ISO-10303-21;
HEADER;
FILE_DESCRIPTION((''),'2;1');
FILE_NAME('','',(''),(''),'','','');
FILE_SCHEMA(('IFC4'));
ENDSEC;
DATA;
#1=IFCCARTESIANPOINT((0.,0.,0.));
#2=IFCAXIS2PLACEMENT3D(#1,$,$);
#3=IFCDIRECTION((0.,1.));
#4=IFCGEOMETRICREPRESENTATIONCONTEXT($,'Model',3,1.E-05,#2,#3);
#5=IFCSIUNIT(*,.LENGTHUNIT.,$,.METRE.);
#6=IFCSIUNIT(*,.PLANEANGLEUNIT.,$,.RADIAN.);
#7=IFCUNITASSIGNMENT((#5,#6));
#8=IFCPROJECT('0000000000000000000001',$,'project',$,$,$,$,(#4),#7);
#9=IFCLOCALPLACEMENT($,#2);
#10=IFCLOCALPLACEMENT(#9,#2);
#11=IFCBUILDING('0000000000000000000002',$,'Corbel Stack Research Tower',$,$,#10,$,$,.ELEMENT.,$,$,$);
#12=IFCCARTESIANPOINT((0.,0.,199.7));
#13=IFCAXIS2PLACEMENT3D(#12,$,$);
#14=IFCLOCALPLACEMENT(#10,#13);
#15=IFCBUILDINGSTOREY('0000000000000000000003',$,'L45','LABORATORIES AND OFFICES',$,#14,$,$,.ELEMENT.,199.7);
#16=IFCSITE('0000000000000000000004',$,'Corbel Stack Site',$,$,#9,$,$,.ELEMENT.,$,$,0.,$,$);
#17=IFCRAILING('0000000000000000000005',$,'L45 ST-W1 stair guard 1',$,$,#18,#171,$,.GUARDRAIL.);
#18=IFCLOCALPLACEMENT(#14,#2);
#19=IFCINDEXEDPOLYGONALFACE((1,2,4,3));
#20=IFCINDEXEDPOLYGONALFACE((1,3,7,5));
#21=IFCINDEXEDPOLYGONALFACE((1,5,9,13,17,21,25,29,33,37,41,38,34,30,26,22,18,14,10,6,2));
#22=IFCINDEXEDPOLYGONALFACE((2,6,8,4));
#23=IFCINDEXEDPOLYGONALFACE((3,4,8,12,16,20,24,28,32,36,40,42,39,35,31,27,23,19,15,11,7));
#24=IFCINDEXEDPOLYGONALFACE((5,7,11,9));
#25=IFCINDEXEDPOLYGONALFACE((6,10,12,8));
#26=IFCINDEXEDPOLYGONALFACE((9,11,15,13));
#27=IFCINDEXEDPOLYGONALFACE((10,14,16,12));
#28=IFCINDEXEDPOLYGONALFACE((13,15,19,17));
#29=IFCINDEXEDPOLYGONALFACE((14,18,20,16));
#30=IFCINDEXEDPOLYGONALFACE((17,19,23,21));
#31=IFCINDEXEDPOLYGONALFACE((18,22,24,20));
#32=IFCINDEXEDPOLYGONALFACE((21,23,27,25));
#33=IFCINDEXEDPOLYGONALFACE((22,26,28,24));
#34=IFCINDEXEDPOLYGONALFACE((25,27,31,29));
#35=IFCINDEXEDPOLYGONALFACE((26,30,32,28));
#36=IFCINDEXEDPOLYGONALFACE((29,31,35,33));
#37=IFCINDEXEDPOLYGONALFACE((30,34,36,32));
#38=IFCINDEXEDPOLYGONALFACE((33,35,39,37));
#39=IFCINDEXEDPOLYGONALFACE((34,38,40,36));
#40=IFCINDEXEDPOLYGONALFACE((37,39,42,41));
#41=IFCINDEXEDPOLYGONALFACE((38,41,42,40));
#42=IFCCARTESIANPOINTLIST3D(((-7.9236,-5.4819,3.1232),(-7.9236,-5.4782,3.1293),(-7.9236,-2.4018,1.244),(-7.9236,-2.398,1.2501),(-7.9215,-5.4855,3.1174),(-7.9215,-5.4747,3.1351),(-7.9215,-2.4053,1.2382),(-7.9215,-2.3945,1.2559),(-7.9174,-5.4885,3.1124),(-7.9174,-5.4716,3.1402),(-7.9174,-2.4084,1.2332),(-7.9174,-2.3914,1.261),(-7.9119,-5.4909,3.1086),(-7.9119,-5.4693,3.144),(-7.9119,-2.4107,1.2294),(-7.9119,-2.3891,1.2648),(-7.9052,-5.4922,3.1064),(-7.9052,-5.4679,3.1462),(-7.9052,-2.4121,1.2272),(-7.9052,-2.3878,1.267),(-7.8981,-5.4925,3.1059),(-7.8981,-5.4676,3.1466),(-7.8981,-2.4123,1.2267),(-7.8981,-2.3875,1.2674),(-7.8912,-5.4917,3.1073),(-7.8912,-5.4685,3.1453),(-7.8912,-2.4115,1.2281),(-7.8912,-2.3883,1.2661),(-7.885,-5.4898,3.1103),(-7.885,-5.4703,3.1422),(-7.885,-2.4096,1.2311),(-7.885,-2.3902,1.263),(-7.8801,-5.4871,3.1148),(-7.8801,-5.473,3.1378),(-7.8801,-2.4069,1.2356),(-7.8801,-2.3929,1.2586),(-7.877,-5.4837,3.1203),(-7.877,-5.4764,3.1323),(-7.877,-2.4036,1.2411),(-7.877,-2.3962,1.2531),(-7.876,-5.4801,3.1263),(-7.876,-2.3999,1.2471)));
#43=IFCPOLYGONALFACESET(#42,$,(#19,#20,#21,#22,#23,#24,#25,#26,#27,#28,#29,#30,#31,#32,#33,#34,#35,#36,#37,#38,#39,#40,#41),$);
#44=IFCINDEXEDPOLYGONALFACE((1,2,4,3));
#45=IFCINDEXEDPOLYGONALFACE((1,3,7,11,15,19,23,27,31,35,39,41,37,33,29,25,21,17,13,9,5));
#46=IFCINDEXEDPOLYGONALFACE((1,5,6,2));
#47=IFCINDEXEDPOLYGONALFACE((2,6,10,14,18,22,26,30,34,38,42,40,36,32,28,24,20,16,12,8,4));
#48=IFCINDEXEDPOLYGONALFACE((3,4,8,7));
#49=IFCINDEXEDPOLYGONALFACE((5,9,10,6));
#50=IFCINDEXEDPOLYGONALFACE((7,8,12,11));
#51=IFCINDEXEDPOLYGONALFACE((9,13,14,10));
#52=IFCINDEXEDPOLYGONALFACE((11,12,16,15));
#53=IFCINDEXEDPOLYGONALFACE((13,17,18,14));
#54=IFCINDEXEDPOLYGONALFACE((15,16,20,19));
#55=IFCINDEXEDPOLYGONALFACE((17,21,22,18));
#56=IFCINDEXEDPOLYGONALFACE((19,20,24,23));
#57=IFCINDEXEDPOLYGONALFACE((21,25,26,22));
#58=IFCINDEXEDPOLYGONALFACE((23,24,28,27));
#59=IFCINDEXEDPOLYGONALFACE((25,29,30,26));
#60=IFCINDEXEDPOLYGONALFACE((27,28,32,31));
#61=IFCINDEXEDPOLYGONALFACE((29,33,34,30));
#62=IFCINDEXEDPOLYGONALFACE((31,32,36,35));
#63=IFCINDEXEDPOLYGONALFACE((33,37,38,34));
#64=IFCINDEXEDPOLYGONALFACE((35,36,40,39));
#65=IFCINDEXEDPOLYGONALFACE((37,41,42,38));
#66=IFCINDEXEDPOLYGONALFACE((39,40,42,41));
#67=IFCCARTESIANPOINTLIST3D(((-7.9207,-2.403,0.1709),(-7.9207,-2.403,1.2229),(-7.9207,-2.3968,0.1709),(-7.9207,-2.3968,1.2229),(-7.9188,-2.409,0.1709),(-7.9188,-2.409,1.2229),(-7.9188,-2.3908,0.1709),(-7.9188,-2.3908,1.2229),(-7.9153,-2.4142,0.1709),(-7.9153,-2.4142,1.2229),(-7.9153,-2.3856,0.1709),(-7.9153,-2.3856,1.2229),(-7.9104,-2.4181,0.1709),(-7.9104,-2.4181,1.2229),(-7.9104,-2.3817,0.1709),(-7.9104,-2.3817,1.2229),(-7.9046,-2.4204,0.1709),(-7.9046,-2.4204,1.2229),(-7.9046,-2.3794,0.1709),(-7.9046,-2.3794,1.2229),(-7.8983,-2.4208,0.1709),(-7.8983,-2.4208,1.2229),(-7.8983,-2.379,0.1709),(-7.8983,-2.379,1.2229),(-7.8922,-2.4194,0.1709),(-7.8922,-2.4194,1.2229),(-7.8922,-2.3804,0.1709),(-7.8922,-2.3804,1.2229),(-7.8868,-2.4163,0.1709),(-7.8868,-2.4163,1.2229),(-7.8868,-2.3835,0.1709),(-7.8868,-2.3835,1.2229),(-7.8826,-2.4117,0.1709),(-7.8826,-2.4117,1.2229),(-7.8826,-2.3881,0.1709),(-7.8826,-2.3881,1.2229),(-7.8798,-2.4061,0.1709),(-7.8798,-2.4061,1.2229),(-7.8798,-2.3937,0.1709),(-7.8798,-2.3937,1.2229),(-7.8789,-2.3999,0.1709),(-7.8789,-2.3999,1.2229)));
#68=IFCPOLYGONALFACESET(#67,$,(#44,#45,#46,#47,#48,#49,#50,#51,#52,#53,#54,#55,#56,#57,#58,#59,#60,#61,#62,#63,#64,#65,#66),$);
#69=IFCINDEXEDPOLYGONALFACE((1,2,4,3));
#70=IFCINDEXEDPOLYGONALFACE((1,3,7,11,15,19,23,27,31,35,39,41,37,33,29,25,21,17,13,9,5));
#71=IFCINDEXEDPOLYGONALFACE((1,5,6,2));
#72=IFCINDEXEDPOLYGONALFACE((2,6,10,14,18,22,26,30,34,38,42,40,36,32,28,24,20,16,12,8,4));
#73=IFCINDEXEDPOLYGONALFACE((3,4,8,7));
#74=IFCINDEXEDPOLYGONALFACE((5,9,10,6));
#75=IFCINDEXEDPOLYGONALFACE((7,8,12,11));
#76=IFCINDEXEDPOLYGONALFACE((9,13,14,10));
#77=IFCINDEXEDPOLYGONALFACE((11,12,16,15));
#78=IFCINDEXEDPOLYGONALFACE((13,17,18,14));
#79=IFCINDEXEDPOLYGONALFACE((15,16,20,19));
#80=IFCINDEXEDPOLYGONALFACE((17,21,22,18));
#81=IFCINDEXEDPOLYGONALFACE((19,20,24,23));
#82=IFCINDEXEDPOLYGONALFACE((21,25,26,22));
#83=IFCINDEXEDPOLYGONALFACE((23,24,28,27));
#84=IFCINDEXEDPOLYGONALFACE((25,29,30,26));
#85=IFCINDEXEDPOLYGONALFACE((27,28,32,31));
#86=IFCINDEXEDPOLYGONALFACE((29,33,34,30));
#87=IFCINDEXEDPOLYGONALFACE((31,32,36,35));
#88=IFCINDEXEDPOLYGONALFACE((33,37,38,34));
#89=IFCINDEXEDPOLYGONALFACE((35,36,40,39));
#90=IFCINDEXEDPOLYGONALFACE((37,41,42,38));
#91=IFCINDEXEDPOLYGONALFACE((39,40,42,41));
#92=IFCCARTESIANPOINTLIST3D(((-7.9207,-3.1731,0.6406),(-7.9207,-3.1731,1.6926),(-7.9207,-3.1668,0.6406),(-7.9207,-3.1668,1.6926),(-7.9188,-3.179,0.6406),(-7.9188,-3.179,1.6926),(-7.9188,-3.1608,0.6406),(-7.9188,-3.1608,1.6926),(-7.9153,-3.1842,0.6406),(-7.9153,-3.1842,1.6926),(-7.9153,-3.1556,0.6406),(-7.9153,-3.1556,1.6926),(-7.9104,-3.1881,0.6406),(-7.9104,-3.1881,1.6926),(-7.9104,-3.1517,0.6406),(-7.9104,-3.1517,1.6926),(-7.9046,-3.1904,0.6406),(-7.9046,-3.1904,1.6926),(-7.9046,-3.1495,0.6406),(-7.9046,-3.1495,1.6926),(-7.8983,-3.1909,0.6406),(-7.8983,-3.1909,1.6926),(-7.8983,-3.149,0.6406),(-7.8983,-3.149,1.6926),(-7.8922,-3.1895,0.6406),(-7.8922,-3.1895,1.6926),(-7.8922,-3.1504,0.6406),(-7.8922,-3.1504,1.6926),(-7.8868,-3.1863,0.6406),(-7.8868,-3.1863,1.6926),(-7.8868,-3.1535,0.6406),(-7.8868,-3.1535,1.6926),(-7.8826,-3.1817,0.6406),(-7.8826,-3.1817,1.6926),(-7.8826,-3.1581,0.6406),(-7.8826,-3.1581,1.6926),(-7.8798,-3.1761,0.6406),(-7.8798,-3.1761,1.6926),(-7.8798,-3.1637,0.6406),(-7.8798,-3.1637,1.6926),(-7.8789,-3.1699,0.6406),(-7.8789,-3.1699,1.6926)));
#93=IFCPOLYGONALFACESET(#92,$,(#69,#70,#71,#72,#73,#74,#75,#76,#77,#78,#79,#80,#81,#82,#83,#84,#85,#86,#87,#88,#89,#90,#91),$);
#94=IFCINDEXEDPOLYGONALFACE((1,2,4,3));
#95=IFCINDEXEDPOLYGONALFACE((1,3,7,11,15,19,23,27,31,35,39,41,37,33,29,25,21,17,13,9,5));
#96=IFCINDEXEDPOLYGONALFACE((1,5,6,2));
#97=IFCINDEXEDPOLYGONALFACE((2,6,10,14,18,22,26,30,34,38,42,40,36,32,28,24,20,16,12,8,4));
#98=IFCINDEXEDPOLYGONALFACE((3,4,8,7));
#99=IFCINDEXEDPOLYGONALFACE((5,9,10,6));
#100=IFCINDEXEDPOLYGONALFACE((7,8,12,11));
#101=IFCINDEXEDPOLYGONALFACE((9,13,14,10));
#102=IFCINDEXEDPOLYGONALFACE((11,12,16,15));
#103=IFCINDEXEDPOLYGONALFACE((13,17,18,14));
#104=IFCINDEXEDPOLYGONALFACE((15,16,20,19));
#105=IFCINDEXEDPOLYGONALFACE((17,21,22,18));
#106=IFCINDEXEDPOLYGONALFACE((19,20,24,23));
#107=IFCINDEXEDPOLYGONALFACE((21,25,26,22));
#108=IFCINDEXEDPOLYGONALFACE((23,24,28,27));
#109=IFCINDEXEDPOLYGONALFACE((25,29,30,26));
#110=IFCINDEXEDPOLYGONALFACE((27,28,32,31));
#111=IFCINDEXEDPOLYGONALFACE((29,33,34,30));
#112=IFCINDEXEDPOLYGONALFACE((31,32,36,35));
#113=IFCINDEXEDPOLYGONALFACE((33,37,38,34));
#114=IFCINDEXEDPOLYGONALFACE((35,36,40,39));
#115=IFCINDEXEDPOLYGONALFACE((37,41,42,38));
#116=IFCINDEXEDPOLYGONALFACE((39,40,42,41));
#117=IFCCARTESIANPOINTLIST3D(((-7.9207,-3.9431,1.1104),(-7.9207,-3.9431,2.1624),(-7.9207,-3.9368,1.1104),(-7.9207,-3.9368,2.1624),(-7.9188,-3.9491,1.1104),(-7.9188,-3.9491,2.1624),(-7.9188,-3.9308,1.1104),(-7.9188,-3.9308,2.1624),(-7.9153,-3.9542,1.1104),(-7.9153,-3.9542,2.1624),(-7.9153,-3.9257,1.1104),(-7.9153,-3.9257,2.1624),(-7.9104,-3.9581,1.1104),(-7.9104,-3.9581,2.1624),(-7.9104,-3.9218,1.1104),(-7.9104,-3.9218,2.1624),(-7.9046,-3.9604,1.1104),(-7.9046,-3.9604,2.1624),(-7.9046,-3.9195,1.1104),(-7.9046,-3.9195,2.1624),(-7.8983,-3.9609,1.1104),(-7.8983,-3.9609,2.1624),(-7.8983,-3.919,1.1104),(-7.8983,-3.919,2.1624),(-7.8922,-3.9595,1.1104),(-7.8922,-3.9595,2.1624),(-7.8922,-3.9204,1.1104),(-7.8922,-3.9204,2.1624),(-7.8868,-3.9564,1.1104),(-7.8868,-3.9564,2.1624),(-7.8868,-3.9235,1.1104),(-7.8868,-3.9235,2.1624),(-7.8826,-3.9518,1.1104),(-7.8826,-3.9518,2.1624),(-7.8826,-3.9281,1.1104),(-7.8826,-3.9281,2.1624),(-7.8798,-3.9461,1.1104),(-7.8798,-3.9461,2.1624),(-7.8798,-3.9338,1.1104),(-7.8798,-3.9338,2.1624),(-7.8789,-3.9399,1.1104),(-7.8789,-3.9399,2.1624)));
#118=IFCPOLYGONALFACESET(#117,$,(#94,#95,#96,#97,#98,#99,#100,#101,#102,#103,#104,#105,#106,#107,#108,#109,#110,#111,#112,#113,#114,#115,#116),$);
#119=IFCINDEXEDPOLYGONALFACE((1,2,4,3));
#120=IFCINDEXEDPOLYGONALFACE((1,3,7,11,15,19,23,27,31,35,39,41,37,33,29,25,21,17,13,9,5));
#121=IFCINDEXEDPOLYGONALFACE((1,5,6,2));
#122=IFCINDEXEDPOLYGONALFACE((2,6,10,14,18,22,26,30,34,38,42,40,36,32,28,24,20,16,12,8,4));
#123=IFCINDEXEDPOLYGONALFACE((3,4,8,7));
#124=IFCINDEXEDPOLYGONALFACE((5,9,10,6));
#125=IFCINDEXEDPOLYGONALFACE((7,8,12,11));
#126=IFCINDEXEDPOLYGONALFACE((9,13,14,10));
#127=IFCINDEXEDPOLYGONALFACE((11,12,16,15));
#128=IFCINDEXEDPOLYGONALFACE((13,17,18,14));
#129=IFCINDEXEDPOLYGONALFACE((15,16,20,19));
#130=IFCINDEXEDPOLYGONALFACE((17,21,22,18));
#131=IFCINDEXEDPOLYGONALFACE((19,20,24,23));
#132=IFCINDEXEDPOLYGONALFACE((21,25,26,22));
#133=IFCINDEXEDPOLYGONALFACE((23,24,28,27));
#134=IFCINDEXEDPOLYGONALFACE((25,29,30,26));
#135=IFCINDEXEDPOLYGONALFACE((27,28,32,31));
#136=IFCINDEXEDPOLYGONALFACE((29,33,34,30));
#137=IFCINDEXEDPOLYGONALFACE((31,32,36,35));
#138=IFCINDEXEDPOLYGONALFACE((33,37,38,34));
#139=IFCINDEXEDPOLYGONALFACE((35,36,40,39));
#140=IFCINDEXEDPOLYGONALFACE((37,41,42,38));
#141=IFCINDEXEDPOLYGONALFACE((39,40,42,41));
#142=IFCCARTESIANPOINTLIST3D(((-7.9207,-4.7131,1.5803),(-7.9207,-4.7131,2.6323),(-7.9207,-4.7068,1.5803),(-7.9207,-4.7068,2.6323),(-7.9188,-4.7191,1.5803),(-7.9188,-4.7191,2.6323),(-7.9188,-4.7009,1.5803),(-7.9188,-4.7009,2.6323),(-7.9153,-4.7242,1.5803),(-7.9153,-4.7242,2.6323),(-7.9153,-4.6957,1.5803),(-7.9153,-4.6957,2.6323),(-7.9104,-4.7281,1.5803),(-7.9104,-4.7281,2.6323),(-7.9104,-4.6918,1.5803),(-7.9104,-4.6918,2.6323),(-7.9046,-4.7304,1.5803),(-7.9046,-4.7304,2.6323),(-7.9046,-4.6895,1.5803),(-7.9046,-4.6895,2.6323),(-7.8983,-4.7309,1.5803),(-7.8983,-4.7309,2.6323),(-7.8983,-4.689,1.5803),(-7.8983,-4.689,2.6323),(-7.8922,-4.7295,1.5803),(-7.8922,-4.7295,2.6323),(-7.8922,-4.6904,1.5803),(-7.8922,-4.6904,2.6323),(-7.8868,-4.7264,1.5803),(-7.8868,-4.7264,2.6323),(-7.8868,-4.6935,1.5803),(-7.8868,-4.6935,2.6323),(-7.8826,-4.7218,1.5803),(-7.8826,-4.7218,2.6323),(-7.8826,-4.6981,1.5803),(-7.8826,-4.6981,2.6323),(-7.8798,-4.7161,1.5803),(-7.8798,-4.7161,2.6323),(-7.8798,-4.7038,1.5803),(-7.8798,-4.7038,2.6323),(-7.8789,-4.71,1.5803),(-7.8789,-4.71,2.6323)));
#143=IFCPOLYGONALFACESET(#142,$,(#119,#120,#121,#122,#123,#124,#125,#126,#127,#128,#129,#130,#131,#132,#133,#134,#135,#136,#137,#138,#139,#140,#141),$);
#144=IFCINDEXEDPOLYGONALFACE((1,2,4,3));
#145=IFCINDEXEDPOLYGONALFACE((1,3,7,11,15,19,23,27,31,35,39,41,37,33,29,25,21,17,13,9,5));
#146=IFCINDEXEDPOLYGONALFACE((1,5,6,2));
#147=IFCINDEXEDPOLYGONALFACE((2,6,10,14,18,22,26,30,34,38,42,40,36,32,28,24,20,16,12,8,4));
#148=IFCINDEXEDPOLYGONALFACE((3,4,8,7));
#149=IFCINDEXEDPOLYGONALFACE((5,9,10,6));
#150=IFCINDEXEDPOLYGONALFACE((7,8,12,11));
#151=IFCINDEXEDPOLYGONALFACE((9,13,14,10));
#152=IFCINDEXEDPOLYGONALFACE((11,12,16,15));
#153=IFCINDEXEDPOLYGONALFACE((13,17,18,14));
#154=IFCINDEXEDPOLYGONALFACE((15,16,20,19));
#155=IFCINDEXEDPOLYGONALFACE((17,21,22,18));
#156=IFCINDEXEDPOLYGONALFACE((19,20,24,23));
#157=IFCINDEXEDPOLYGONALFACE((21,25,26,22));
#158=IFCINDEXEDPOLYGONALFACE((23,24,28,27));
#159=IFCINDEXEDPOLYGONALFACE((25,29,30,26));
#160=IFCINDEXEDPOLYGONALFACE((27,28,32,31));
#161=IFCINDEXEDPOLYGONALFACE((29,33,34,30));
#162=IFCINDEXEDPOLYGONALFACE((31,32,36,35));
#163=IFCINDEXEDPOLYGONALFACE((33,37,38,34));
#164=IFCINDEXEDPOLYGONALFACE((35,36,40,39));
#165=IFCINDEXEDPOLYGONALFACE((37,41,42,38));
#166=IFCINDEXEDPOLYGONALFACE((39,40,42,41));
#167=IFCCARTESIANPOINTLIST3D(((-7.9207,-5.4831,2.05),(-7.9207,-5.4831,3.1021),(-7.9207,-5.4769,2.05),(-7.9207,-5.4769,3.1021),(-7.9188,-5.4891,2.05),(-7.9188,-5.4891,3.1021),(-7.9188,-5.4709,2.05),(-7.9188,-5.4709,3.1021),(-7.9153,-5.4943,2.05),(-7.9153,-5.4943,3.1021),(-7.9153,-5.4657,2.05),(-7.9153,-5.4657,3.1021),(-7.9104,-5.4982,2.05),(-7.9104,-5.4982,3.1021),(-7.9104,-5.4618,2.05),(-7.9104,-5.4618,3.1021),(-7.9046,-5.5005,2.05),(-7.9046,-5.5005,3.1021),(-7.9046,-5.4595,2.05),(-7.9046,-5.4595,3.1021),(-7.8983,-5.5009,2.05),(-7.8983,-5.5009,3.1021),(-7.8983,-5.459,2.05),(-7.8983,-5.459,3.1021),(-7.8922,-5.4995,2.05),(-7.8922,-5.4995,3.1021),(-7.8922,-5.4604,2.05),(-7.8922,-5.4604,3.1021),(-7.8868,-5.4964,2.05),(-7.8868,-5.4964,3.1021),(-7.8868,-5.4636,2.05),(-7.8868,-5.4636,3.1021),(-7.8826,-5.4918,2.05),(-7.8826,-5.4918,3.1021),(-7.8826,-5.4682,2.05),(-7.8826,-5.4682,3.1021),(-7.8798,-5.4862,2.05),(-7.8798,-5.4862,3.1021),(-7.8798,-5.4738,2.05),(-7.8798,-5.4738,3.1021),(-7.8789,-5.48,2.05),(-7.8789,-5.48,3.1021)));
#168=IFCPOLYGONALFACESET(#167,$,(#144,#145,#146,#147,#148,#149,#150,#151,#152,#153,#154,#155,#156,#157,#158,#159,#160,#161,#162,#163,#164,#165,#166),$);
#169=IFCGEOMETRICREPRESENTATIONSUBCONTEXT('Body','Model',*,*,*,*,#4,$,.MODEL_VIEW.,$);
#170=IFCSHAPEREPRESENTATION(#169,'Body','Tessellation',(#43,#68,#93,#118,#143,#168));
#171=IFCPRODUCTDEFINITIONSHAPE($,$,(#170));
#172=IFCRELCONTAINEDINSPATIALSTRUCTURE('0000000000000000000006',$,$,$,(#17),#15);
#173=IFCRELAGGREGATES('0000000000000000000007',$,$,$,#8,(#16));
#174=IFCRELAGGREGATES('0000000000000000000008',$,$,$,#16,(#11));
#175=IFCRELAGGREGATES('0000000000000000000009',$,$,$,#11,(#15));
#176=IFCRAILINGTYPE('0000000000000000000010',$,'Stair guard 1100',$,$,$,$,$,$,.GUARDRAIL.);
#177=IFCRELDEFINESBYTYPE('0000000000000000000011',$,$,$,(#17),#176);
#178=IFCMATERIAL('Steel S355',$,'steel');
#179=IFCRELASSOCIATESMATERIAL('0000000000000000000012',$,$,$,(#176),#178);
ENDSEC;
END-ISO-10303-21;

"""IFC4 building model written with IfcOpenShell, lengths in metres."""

from ifc_helpers import new_model, si_unit, direction, frame, origin, origin_2d, place, context, subcontext, project, spatial, circle, extrude, material, type_object, element, save


model = new_model("IFC4")

# Units and contexts
model_context = context("Model", 3, precision=1e-05, world=origin(), true_north=direction((0.0, 1.0)))
body_context = subcontext(model_context, "Body", "Model", "MODEL_VIEW")
ifc_project = project(units=[si_unit("LENGTHUNIT", "METRE"), si_unit("PLANEANGLEUNIT", "RADIAN")], contexts=[model_context])

# Site, building, storey
site_placement = place(None, origin())
site = spatial("IfcSite", under=ifc_project, at=site_placement, Name="Corbel Stack Site", CompositionType="ELEMENT", RefElevation=0.0)
building_placement = place(site_placement, origin())
building = spatial("IfcBuilding", under=site, at=building_placement, Name="Corbel Stack Research Tower", CompositionType="ELEMENT")
storey_placement = place(building_placement, frame((0.0, 0.0, 199.7)))
storey = spatial("IfcBuildingStorey", under=building, at=storey_placement, Name="L45", Description="LABORATORIES AND OFFICES", CompositionType="ELEMENT", Elevation=199.7)

# Railing
ifc_material_1 = material(Name="Steel S355", Category="steel")
railing_type_1 = type_object("IfcRailingType", Name="Stair guard 1100", PredefinedType="GUARDRAIL", material=ifc_material_1)
railing_1_placement = place(storey_placement, frame((-7.8999, -2.3999, 0.1709)))
element("IfcRailing", 1, at=railing_1_placement, inside=storey, type_object=railing_type_1, Name="L45 ST-W1 stair guard 1", PredefinedType="GUARDRAIL", context=body_context, shape_type="SweptSolid", body=[
    extrude(circle(Radius=0.0239, at=origin_2d()), frame((0.0, 0.0, 1.0762), z_axis=(0.0, -0.853666, 0.52082), x_axis=(1.0, 0.0, 0.0)), (0.0, 0.0, 1.0), 3.6082),
    extrude(circle(Radius=0.021, at=origin_2d()), origin(), (0.0, 0.0, 1.0), 1.052),
    extrude(circle(Radius=0.021, at=origin_2d()), frame((0.0, -0.77, 0.4697)), (0.0, 0.0, 1.0), 1.052),
    extrude(circle(Radius=0.021, at=origin_2d()), frame((0.0, -1.54, 0.9395)), (0.0, 0.0, 1.0), 1.052),
    extrude(circle(Radius=0.021, at=origin_2d()), frame((0.0, -2.3101, 1.4094)), (0.0, 0.0, 1.0), 1.052),
    extrude(circle(Radius=0.021, at=origin_2d()), frame((0.0, -3.0801, 1.8792)), (0.0, 0.0, 1.0), 1.052),
])

save(model, "model.ifc")
